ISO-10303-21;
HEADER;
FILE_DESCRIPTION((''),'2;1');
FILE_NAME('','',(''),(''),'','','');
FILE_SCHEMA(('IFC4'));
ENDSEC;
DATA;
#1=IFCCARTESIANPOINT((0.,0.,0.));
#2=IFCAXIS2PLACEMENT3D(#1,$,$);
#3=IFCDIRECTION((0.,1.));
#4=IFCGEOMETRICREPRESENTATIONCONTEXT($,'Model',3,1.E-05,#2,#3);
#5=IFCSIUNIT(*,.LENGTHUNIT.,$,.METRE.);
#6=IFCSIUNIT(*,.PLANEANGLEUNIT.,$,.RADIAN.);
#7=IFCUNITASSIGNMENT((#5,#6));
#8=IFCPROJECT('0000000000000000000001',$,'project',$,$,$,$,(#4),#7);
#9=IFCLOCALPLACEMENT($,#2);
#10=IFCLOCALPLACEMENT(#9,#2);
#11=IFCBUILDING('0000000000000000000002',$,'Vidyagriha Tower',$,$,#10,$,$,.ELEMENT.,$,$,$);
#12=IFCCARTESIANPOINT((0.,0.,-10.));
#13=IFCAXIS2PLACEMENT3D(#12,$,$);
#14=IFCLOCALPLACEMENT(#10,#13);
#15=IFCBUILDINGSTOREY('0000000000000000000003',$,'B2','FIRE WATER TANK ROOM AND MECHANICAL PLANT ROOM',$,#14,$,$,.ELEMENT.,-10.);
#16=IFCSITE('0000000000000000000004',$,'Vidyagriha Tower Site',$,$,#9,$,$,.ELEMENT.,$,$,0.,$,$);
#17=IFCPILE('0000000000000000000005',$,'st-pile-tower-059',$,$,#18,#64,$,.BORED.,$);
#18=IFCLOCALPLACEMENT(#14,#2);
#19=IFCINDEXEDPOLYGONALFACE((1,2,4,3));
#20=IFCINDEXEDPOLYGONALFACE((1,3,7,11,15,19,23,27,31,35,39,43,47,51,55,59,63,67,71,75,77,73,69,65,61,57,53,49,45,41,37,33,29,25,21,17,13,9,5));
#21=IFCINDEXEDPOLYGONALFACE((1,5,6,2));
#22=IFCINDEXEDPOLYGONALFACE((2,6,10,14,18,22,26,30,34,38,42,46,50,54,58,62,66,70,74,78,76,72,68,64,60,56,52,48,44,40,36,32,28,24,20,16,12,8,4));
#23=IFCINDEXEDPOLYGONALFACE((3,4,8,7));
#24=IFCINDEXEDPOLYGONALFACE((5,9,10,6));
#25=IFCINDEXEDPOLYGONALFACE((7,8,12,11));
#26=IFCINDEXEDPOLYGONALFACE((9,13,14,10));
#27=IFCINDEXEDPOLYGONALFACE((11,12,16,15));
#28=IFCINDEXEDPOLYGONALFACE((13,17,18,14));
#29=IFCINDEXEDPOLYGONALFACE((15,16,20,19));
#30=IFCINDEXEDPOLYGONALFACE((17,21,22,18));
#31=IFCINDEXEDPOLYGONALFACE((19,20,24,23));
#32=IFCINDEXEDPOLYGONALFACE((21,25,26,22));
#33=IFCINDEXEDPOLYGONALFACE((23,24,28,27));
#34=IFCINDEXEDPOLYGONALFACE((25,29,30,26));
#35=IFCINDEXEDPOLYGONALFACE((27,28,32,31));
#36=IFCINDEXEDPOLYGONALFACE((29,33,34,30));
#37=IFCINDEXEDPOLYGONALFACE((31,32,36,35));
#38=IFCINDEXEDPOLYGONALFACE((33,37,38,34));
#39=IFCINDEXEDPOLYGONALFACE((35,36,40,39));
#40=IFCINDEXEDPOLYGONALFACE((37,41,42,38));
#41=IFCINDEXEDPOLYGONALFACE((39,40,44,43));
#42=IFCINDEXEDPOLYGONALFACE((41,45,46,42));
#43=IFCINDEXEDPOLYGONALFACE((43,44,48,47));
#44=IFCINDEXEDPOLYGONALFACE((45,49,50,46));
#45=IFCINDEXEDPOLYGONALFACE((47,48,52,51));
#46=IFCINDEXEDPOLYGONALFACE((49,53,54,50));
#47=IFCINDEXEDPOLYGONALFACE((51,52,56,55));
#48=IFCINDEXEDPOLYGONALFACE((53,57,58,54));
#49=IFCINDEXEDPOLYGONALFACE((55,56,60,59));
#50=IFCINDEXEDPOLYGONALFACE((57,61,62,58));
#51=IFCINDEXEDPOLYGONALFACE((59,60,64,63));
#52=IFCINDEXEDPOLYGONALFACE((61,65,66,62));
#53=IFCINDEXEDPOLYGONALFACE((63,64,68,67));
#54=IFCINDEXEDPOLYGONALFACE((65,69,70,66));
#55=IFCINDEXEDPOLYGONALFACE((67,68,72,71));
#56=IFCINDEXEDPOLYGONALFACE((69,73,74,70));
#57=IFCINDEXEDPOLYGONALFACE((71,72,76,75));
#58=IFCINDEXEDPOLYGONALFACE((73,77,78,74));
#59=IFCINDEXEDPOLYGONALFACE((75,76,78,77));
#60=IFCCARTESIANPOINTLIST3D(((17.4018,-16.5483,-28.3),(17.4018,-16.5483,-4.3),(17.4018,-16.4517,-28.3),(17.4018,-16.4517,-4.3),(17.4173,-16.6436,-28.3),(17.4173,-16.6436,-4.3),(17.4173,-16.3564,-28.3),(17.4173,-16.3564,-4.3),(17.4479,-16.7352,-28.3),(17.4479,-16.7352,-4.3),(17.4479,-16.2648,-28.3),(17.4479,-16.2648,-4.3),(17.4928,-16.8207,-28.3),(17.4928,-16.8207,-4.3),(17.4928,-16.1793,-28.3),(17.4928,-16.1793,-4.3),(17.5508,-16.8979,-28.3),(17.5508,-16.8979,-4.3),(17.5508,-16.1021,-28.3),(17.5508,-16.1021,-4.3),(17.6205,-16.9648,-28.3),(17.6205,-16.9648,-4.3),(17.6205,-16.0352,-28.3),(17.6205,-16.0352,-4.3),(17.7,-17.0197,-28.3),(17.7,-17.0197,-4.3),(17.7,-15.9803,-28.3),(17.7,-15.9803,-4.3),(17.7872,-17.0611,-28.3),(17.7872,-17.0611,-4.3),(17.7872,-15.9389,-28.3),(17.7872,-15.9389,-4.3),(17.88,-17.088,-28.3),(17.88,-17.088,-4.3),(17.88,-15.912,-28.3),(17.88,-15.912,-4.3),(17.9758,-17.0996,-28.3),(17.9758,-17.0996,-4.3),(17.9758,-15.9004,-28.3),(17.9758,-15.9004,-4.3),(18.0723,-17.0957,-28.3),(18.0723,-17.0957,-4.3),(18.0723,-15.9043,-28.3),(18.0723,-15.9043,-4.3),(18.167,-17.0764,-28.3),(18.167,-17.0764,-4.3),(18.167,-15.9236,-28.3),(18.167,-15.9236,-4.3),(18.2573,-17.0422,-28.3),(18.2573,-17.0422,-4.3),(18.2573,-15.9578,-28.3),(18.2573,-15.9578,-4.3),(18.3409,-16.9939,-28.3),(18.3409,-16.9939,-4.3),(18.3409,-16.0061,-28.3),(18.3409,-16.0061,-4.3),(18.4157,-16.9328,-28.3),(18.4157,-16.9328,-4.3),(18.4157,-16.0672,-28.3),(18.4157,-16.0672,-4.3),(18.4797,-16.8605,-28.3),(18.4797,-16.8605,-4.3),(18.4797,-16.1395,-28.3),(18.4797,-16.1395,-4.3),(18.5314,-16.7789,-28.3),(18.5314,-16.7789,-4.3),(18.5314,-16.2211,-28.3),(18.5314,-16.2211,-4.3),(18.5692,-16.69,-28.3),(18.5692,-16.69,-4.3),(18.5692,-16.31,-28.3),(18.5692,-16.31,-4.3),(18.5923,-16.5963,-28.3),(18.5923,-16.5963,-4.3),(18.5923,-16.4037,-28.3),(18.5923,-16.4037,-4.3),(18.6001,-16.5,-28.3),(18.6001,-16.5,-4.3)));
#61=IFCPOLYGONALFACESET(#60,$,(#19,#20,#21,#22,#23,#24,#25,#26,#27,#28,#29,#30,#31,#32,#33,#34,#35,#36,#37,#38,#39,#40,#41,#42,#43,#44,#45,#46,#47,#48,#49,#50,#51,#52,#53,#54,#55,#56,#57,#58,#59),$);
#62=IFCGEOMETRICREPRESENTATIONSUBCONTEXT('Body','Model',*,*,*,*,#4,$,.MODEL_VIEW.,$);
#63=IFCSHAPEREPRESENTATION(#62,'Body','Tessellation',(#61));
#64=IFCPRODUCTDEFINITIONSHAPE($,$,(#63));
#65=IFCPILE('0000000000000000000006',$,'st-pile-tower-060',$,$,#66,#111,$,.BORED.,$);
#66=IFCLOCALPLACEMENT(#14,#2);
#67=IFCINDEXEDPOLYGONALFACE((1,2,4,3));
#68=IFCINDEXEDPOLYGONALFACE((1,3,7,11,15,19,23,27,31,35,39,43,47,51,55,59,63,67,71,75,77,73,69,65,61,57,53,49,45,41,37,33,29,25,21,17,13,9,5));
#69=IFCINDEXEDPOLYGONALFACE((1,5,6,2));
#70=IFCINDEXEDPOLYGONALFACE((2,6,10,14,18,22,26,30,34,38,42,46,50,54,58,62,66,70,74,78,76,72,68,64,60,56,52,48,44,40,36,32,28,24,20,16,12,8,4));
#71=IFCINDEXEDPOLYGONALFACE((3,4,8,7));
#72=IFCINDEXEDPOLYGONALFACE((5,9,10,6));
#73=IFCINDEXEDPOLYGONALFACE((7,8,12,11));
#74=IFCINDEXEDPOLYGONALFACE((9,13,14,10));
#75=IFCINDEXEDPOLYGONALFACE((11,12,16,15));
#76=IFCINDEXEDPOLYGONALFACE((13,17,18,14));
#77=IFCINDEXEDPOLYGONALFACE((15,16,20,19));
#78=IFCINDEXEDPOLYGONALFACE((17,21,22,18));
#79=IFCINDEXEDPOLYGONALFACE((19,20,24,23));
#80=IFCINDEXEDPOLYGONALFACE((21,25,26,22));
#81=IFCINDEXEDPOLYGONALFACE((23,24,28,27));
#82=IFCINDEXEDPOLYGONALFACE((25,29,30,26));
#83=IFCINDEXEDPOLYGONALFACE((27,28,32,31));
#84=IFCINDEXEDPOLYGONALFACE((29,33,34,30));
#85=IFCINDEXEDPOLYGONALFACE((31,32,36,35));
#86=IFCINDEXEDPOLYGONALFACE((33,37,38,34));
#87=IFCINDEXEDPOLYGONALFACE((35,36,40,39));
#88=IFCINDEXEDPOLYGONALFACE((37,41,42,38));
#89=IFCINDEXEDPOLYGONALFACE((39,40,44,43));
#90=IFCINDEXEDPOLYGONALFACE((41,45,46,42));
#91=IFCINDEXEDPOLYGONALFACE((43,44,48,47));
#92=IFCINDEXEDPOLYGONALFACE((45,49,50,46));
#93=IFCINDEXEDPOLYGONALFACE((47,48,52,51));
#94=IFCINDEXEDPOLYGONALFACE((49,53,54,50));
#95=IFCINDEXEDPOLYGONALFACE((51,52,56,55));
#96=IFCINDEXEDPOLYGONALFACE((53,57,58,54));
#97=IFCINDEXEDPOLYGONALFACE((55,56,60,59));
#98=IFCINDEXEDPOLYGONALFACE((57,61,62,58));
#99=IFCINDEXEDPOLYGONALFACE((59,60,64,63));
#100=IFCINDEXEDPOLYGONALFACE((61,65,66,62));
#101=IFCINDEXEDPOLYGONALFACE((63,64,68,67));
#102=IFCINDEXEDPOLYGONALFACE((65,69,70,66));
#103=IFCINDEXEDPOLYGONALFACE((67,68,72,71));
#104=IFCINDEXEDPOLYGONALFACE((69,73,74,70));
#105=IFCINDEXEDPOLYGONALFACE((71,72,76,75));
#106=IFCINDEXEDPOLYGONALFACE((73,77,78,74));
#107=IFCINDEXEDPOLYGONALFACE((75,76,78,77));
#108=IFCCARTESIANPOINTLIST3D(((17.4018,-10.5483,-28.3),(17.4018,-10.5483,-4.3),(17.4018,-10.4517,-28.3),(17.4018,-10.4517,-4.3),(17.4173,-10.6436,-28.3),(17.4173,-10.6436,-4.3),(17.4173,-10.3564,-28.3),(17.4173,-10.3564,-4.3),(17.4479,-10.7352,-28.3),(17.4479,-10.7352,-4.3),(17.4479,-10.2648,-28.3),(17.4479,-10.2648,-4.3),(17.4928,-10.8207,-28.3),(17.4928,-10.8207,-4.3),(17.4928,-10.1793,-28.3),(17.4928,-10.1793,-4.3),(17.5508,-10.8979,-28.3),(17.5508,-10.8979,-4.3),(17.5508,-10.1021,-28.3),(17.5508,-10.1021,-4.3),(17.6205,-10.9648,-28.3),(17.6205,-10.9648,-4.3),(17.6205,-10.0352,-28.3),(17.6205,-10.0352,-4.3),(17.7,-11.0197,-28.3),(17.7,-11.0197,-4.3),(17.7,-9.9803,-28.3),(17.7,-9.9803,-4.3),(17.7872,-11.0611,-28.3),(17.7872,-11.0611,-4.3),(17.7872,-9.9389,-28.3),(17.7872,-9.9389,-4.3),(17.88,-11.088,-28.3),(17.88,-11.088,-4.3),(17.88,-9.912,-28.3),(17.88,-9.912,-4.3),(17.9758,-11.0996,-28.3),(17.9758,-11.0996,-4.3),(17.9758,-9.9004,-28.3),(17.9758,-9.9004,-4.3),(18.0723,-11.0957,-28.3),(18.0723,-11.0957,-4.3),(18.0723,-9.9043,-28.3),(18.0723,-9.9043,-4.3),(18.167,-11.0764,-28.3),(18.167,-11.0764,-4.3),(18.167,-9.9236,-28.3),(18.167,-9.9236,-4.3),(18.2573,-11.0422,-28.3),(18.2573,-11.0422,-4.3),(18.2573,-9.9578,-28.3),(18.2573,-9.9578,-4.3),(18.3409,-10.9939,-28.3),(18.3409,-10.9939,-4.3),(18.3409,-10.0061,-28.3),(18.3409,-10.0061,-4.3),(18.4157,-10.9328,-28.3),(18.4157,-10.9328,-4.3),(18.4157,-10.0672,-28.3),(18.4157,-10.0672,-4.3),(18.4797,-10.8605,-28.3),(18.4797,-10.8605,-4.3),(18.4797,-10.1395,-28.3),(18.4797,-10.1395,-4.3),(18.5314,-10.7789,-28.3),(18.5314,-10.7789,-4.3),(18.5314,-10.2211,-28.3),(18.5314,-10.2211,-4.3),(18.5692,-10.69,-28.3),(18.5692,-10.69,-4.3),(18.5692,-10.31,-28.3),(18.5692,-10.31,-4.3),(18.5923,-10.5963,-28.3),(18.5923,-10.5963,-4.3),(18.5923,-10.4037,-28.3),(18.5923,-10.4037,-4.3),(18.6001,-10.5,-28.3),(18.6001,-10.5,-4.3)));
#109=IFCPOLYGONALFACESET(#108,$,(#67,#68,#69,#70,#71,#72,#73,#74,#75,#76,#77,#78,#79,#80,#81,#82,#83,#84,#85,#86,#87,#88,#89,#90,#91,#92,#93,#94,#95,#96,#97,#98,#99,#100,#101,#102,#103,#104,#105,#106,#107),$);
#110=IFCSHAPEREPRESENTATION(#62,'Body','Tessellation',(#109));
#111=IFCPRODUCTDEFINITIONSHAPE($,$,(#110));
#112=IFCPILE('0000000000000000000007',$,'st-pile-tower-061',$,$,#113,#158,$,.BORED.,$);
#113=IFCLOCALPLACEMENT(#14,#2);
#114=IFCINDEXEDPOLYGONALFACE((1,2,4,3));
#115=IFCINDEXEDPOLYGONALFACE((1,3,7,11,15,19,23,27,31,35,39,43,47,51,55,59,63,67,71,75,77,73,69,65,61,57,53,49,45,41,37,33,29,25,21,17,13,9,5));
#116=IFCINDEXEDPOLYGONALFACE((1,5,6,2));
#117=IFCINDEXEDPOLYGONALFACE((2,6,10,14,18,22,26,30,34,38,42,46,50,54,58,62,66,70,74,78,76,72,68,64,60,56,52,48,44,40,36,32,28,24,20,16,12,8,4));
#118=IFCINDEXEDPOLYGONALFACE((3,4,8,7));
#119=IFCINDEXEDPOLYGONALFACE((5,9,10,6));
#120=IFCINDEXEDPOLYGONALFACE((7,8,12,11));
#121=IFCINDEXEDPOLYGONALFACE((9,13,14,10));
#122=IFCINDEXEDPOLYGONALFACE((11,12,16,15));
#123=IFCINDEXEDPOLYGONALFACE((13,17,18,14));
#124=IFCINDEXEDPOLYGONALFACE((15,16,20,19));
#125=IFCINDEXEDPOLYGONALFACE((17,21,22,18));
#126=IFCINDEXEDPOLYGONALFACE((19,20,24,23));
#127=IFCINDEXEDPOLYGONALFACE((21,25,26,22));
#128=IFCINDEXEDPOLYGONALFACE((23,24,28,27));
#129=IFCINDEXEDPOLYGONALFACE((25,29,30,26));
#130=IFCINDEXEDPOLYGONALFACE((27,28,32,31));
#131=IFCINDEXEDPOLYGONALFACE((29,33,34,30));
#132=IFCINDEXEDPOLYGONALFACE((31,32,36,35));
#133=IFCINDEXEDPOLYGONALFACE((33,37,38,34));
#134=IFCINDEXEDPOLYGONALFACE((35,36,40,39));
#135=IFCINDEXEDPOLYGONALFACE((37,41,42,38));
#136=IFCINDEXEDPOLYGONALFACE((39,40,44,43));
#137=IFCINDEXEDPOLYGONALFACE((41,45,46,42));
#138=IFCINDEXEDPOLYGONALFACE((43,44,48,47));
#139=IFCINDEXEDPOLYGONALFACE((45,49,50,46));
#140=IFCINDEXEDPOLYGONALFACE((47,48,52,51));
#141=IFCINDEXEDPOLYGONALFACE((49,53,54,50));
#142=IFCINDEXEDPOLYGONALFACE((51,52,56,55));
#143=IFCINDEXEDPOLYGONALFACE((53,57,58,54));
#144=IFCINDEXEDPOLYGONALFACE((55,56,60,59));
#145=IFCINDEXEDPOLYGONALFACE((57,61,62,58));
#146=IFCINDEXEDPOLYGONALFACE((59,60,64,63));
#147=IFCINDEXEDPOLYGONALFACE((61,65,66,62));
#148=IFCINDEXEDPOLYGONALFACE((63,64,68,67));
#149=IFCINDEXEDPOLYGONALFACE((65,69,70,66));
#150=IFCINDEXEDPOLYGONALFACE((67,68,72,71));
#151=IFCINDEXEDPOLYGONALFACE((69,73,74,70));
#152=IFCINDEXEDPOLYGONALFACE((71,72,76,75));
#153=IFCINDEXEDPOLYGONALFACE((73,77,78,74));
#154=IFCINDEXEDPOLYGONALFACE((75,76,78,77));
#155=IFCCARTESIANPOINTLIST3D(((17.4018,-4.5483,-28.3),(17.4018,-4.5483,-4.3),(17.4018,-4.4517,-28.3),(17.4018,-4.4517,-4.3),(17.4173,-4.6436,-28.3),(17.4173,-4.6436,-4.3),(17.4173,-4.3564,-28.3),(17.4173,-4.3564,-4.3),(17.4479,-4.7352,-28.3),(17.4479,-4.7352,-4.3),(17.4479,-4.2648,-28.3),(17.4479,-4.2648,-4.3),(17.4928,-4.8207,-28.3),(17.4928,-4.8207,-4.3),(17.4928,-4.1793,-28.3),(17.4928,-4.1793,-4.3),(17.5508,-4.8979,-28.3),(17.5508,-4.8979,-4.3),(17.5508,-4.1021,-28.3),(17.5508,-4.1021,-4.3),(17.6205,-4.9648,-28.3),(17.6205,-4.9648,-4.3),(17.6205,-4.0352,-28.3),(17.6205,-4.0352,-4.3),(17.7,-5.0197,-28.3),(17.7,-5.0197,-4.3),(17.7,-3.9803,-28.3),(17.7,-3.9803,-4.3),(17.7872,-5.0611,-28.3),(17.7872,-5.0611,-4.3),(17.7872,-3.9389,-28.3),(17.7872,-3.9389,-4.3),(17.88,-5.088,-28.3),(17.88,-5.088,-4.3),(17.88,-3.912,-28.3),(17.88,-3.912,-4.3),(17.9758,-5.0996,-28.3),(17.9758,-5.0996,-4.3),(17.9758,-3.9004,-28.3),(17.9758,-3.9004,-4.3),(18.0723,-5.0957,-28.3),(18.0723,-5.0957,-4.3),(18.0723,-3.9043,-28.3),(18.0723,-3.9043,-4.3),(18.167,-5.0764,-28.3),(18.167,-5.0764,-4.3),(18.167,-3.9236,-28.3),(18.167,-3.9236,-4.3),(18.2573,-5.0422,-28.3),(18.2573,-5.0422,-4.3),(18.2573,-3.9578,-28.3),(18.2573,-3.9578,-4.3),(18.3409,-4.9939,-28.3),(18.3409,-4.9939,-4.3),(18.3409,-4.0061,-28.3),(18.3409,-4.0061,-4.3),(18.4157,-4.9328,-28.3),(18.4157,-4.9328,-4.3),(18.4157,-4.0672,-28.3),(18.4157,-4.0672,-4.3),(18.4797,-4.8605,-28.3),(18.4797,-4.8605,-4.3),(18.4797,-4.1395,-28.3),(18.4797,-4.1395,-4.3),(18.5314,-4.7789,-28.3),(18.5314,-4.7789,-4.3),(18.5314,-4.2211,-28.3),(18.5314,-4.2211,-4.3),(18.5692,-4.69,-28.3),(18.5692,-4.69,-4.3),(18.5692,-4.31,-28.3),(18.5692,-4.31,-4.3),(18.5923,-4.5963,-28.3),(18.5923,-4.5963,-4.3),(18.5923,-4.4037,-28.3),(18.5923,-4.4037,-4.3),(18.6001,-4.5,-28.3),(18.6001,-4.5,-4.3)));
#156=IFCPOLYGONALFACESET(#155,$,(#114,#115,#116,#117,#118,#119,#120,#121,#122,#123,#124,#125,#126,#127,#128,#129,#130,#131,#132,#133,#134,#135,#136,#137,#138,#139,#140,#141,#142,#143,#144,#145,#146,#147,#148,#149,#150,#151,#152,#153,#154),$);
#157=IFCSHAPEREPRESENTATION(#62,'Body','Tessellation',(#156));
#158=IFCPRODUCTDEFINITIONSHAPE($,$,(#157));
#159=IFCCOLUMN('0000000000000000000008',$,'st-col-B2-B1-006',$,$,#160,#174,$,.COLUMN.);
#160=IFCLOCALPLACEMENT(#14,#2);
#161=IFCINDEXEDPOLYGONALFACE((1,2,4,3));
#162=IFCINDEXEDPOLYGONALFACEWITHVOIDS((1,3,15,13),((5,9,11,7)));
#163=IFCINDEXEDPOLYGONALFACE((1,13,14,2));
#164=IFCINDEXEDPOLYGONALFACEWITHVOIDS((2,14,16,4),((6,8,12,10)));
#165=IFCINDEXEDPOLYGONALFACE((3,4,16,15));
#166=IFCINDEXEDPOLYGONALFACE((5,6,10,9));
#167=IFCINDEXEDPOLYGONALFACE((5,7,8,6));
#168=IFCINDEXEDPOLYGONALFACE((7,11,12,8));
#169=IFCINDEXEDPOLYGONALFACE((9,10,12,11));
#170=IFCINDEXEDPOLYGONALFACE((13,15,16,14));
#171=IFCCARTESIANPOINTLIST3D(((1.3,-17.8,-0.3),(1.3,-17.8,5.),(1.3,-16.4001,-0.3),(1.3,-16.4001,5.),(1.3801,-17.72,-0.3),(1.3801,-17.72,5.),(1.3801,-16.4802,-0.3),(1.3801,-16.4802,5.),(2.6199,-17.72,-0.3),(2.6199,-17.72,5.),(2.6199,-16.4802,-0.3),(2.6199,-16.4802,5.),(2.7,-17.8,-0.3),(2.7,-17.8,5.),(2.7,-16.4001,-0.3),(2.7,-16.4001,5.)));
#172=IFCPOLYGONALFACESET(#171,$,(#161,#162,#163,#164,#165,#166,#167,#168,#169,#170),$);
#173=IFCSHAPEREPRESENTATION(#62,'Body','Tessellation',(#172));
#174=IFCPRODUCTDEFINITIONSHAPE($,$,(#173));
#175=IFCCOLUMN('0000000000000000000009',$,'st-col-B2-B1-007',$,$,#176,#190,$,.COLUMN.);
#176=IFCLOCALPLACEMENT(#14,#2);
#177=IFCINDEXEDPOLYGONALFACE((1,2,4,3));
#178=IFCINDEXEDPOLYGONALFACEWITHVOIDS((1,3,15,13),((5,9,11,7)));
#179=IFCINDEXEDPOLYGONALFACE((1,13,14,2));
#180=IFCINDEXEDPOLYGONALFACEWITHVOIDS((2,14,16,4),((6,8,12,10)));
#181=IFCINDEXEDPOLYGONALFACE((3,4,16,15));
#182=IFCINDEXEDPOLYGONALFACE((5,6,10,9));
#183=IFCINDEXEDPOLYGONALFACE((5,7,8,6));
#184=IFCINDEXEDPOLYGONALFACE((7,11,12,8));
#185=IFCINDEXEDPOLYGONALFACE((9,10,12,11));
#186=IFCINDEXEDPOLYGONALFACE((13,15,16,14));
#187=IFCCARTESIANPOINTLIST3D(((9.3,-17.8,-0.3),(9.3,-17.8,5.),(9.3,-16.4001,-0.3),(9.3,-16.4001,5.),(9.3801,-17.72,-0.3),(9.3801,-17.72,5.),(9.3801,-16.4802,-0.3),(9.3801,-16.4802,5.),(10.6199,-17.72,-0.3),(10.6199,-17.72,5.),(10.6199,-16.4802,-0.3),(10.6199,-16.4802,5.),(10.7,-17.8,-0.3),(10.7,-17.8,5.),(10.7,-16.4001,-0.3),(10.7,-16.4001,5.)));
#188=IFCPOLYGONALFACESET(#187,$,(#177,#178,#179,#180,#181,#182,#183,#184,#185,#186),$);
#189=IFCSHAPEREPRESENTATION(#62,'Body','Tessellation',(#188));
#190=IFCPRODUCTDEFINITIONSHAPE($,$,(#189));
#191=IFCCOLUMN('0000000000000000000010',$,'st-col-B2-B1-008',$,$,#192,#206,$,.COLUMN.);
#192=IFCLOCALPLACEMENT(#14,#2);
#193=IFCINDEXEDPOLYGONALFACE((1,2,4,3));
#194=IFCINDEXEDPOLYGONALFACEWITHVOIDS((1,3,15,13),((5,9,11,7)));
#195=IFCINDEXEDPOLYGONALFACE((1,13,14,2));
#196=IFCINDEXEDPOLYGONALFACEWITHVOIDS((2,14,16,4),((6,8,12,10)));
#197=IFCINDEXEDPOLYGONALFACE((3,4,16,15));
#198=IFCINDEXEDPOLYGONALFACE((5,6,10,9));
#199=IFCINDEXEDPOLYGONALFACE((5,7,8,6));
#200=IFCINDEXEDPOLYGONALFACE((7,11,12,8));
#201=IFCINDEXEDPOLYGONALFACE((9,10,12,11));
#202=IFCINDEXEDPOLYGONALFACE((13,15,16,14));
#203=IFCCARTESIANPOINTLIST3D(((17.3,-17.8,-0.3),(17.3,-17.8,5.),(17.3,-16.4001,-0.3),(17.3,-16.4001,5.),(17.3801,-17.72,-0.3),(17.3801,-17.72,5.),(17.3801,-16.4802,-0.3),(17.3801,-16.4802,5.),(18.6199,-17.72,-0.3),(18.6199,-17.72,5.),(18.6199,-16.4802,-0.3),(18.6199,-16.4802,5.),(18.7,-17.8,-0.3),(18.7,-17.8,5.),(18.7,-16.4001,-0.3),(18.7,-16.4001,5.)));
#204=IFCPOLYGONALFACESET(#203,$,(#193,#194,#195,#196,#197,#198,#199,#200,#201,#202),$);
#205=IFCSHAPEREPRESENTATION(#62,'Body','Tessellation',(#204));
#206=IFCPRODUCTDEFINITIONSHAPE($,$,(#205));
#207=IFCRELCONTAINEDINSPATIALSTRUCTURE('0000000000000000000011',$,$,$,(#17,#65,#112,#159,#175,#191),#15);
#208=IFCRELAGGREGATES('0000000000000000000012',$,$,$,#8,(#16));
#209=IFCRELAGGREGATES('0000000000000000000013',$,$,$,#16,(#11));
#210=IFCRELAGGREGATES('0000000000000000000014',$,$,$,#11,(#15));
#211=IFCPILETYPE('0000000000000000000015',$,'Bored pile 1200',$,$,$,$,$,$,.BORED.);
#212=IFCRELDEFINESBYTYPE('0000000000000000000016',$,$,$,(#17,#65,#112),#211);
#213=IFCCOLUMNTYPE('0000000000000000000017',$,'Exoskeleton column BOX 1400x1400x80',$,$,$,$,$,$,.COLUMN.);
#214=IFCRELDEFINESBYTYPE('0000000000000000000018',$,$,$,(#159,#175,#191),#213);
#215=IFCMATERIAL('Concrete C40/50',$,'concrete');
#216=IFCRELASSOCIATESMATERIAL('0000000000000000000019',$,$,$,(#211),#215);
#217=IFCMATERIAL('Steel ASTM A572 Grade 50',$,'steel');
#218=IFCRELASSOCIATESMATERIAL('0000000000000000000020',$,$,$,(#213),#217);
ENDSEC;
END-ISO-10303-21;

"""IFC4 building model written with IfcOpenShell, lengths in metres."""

from ifc_helpers import new_model, si_unit, direction, frame, origin, origin_2d, place, context, subcontext, project, spatial, hollow_rectangle, circle, extrude, material, material_profile, profile_set, type_object, element, save


model = new_model("IFC4")

# Units and contexts
model_context = context("Model", 3, precision=1e-05, world=origin(), true_north=direction((0.0, 1.0)))
body_context = subcontext(model_context, "Body", "Model", "MODEL_VIEW")
ifc_project = project(units=[si_unit("LENGTHUNIT", "METRE"), si_unit("PLANEANGLEUNIT", "RADIAN")], contexts=[model_context])

# Site, building, storey
site_placement = place(None, origin())
site = spatial("IfcSite", under=ifc_project, at=site_placement, Name="Vidyagriha Tower Site", CompositionType="ELEMENT", RefElevation=0.0)
building_placement = place(site_placement, origin())
building = spatial("IfcBuilding", under=site, at=building_placement, Name="Vidyagriha Tower", CompositionType="ELEMENT")
storey_placement = place(building_placement, frame((0.0, 0.0, -10.0)))
storey = spatial("IfcBuildingStorey", under=building, at=storey_placement, Name="B2", Description="FIRE WATER TANK ROOM AND MECHANICAL PLANT ROOM", CompositionType="ELEMENT", Elevation=-10.0)

# Piles
ifc_material_1 = material(Name="Concrete C40/50", Category="concrete")
ifc_material_profile_1 = material_profile(ifc_material_1, circle(Radius=0.6001, at=origin_2d()), Name="Bored pile 1200")
ifc_profile_set_1 = profile_set([ifc_material_profile_1], Name="Concrete C40/50")
pile_type = type_object("IfcPileType", Name="Bored pile 1200", PredefinedType="BORED", material=ifc_profile_set_1)
for number, where, z_axis, x_axis, name in (
    (1, (18.0, -16.5, -4.3), (0.0, 0.0, -1.0), (1.0, 0.0, 0.0), "st-pile-tower-059"),
    (2, (18.0, -10.5, -4.3), (0.0, 0.0, -1.0), (1.0, 0.0, 0.0), "st-pile-tower-060"),
    (3, (18.0, -4.5, -4.3), (0.0, 0.0, -1.0), (1.0, 0.0, 0.0), "st-pile-tower-061"),
):
    element("IfcPile", number, at=place(storey_placement, frame(where, z_axis=z_axis, x_axis=x_axis)), inside=storey, type_object=pile_type, Name=name, PredefinedType="BORED", context=body_context, shape_type="SweptSolid", body=[
        extrude(circle(Radius=0.6001, at=origin_2d()), origin(), (0.0, 0.0, 1.0), 24.0),
    ])

# Columns
ifc_material_2 = material(Name="Steel ASTM A572 Grade 50", Category="steel")
ifc_material_profile_2 = material_profile(ifc_material_2, hollow_rectangle(XDim=1.3999, YDim=1.3999, WallThickness=0.0801, at=origin_2d()), Name="BOX 1400x1400x80")
ifc_profile_set_2 = profile_set([ifc_material_profile_2], Name="Steel ASTM A572 Grade 50")
column_type_1 = type_object("IfcColumnType", Name="Exoskeleton column BOX 1400x1400x80", PredefinedType="COLUMN", material=ifc_profile_set_2)
for number, where, name in (
    (4, (2.0, -17.1001, -0.3), "st-col-B2-B1-006"),
    (5, (10.0, -17.1001, -0.3), "st-col-B2-B1-007"),
    (6, (18.0, -17.1001, -0.3), "st-col-B2-B1-008"),
):
    element("IfcColumn", number, at=place(storey_placement, frame(where)), inside=storey, type_object=column_type_1, Name=name, PredefinedType="COLUMN", context=body_context, shape_type="SweptSolid", body=[
        extrude(hollow_rectangle(XDim=1.3999, YDim=1.3999, WallThickness=0.0801, at=origin_2d()), origin(), (0.0, 0.0, 1.0), 5.3),
    ])

save(model, "model.ifc")
